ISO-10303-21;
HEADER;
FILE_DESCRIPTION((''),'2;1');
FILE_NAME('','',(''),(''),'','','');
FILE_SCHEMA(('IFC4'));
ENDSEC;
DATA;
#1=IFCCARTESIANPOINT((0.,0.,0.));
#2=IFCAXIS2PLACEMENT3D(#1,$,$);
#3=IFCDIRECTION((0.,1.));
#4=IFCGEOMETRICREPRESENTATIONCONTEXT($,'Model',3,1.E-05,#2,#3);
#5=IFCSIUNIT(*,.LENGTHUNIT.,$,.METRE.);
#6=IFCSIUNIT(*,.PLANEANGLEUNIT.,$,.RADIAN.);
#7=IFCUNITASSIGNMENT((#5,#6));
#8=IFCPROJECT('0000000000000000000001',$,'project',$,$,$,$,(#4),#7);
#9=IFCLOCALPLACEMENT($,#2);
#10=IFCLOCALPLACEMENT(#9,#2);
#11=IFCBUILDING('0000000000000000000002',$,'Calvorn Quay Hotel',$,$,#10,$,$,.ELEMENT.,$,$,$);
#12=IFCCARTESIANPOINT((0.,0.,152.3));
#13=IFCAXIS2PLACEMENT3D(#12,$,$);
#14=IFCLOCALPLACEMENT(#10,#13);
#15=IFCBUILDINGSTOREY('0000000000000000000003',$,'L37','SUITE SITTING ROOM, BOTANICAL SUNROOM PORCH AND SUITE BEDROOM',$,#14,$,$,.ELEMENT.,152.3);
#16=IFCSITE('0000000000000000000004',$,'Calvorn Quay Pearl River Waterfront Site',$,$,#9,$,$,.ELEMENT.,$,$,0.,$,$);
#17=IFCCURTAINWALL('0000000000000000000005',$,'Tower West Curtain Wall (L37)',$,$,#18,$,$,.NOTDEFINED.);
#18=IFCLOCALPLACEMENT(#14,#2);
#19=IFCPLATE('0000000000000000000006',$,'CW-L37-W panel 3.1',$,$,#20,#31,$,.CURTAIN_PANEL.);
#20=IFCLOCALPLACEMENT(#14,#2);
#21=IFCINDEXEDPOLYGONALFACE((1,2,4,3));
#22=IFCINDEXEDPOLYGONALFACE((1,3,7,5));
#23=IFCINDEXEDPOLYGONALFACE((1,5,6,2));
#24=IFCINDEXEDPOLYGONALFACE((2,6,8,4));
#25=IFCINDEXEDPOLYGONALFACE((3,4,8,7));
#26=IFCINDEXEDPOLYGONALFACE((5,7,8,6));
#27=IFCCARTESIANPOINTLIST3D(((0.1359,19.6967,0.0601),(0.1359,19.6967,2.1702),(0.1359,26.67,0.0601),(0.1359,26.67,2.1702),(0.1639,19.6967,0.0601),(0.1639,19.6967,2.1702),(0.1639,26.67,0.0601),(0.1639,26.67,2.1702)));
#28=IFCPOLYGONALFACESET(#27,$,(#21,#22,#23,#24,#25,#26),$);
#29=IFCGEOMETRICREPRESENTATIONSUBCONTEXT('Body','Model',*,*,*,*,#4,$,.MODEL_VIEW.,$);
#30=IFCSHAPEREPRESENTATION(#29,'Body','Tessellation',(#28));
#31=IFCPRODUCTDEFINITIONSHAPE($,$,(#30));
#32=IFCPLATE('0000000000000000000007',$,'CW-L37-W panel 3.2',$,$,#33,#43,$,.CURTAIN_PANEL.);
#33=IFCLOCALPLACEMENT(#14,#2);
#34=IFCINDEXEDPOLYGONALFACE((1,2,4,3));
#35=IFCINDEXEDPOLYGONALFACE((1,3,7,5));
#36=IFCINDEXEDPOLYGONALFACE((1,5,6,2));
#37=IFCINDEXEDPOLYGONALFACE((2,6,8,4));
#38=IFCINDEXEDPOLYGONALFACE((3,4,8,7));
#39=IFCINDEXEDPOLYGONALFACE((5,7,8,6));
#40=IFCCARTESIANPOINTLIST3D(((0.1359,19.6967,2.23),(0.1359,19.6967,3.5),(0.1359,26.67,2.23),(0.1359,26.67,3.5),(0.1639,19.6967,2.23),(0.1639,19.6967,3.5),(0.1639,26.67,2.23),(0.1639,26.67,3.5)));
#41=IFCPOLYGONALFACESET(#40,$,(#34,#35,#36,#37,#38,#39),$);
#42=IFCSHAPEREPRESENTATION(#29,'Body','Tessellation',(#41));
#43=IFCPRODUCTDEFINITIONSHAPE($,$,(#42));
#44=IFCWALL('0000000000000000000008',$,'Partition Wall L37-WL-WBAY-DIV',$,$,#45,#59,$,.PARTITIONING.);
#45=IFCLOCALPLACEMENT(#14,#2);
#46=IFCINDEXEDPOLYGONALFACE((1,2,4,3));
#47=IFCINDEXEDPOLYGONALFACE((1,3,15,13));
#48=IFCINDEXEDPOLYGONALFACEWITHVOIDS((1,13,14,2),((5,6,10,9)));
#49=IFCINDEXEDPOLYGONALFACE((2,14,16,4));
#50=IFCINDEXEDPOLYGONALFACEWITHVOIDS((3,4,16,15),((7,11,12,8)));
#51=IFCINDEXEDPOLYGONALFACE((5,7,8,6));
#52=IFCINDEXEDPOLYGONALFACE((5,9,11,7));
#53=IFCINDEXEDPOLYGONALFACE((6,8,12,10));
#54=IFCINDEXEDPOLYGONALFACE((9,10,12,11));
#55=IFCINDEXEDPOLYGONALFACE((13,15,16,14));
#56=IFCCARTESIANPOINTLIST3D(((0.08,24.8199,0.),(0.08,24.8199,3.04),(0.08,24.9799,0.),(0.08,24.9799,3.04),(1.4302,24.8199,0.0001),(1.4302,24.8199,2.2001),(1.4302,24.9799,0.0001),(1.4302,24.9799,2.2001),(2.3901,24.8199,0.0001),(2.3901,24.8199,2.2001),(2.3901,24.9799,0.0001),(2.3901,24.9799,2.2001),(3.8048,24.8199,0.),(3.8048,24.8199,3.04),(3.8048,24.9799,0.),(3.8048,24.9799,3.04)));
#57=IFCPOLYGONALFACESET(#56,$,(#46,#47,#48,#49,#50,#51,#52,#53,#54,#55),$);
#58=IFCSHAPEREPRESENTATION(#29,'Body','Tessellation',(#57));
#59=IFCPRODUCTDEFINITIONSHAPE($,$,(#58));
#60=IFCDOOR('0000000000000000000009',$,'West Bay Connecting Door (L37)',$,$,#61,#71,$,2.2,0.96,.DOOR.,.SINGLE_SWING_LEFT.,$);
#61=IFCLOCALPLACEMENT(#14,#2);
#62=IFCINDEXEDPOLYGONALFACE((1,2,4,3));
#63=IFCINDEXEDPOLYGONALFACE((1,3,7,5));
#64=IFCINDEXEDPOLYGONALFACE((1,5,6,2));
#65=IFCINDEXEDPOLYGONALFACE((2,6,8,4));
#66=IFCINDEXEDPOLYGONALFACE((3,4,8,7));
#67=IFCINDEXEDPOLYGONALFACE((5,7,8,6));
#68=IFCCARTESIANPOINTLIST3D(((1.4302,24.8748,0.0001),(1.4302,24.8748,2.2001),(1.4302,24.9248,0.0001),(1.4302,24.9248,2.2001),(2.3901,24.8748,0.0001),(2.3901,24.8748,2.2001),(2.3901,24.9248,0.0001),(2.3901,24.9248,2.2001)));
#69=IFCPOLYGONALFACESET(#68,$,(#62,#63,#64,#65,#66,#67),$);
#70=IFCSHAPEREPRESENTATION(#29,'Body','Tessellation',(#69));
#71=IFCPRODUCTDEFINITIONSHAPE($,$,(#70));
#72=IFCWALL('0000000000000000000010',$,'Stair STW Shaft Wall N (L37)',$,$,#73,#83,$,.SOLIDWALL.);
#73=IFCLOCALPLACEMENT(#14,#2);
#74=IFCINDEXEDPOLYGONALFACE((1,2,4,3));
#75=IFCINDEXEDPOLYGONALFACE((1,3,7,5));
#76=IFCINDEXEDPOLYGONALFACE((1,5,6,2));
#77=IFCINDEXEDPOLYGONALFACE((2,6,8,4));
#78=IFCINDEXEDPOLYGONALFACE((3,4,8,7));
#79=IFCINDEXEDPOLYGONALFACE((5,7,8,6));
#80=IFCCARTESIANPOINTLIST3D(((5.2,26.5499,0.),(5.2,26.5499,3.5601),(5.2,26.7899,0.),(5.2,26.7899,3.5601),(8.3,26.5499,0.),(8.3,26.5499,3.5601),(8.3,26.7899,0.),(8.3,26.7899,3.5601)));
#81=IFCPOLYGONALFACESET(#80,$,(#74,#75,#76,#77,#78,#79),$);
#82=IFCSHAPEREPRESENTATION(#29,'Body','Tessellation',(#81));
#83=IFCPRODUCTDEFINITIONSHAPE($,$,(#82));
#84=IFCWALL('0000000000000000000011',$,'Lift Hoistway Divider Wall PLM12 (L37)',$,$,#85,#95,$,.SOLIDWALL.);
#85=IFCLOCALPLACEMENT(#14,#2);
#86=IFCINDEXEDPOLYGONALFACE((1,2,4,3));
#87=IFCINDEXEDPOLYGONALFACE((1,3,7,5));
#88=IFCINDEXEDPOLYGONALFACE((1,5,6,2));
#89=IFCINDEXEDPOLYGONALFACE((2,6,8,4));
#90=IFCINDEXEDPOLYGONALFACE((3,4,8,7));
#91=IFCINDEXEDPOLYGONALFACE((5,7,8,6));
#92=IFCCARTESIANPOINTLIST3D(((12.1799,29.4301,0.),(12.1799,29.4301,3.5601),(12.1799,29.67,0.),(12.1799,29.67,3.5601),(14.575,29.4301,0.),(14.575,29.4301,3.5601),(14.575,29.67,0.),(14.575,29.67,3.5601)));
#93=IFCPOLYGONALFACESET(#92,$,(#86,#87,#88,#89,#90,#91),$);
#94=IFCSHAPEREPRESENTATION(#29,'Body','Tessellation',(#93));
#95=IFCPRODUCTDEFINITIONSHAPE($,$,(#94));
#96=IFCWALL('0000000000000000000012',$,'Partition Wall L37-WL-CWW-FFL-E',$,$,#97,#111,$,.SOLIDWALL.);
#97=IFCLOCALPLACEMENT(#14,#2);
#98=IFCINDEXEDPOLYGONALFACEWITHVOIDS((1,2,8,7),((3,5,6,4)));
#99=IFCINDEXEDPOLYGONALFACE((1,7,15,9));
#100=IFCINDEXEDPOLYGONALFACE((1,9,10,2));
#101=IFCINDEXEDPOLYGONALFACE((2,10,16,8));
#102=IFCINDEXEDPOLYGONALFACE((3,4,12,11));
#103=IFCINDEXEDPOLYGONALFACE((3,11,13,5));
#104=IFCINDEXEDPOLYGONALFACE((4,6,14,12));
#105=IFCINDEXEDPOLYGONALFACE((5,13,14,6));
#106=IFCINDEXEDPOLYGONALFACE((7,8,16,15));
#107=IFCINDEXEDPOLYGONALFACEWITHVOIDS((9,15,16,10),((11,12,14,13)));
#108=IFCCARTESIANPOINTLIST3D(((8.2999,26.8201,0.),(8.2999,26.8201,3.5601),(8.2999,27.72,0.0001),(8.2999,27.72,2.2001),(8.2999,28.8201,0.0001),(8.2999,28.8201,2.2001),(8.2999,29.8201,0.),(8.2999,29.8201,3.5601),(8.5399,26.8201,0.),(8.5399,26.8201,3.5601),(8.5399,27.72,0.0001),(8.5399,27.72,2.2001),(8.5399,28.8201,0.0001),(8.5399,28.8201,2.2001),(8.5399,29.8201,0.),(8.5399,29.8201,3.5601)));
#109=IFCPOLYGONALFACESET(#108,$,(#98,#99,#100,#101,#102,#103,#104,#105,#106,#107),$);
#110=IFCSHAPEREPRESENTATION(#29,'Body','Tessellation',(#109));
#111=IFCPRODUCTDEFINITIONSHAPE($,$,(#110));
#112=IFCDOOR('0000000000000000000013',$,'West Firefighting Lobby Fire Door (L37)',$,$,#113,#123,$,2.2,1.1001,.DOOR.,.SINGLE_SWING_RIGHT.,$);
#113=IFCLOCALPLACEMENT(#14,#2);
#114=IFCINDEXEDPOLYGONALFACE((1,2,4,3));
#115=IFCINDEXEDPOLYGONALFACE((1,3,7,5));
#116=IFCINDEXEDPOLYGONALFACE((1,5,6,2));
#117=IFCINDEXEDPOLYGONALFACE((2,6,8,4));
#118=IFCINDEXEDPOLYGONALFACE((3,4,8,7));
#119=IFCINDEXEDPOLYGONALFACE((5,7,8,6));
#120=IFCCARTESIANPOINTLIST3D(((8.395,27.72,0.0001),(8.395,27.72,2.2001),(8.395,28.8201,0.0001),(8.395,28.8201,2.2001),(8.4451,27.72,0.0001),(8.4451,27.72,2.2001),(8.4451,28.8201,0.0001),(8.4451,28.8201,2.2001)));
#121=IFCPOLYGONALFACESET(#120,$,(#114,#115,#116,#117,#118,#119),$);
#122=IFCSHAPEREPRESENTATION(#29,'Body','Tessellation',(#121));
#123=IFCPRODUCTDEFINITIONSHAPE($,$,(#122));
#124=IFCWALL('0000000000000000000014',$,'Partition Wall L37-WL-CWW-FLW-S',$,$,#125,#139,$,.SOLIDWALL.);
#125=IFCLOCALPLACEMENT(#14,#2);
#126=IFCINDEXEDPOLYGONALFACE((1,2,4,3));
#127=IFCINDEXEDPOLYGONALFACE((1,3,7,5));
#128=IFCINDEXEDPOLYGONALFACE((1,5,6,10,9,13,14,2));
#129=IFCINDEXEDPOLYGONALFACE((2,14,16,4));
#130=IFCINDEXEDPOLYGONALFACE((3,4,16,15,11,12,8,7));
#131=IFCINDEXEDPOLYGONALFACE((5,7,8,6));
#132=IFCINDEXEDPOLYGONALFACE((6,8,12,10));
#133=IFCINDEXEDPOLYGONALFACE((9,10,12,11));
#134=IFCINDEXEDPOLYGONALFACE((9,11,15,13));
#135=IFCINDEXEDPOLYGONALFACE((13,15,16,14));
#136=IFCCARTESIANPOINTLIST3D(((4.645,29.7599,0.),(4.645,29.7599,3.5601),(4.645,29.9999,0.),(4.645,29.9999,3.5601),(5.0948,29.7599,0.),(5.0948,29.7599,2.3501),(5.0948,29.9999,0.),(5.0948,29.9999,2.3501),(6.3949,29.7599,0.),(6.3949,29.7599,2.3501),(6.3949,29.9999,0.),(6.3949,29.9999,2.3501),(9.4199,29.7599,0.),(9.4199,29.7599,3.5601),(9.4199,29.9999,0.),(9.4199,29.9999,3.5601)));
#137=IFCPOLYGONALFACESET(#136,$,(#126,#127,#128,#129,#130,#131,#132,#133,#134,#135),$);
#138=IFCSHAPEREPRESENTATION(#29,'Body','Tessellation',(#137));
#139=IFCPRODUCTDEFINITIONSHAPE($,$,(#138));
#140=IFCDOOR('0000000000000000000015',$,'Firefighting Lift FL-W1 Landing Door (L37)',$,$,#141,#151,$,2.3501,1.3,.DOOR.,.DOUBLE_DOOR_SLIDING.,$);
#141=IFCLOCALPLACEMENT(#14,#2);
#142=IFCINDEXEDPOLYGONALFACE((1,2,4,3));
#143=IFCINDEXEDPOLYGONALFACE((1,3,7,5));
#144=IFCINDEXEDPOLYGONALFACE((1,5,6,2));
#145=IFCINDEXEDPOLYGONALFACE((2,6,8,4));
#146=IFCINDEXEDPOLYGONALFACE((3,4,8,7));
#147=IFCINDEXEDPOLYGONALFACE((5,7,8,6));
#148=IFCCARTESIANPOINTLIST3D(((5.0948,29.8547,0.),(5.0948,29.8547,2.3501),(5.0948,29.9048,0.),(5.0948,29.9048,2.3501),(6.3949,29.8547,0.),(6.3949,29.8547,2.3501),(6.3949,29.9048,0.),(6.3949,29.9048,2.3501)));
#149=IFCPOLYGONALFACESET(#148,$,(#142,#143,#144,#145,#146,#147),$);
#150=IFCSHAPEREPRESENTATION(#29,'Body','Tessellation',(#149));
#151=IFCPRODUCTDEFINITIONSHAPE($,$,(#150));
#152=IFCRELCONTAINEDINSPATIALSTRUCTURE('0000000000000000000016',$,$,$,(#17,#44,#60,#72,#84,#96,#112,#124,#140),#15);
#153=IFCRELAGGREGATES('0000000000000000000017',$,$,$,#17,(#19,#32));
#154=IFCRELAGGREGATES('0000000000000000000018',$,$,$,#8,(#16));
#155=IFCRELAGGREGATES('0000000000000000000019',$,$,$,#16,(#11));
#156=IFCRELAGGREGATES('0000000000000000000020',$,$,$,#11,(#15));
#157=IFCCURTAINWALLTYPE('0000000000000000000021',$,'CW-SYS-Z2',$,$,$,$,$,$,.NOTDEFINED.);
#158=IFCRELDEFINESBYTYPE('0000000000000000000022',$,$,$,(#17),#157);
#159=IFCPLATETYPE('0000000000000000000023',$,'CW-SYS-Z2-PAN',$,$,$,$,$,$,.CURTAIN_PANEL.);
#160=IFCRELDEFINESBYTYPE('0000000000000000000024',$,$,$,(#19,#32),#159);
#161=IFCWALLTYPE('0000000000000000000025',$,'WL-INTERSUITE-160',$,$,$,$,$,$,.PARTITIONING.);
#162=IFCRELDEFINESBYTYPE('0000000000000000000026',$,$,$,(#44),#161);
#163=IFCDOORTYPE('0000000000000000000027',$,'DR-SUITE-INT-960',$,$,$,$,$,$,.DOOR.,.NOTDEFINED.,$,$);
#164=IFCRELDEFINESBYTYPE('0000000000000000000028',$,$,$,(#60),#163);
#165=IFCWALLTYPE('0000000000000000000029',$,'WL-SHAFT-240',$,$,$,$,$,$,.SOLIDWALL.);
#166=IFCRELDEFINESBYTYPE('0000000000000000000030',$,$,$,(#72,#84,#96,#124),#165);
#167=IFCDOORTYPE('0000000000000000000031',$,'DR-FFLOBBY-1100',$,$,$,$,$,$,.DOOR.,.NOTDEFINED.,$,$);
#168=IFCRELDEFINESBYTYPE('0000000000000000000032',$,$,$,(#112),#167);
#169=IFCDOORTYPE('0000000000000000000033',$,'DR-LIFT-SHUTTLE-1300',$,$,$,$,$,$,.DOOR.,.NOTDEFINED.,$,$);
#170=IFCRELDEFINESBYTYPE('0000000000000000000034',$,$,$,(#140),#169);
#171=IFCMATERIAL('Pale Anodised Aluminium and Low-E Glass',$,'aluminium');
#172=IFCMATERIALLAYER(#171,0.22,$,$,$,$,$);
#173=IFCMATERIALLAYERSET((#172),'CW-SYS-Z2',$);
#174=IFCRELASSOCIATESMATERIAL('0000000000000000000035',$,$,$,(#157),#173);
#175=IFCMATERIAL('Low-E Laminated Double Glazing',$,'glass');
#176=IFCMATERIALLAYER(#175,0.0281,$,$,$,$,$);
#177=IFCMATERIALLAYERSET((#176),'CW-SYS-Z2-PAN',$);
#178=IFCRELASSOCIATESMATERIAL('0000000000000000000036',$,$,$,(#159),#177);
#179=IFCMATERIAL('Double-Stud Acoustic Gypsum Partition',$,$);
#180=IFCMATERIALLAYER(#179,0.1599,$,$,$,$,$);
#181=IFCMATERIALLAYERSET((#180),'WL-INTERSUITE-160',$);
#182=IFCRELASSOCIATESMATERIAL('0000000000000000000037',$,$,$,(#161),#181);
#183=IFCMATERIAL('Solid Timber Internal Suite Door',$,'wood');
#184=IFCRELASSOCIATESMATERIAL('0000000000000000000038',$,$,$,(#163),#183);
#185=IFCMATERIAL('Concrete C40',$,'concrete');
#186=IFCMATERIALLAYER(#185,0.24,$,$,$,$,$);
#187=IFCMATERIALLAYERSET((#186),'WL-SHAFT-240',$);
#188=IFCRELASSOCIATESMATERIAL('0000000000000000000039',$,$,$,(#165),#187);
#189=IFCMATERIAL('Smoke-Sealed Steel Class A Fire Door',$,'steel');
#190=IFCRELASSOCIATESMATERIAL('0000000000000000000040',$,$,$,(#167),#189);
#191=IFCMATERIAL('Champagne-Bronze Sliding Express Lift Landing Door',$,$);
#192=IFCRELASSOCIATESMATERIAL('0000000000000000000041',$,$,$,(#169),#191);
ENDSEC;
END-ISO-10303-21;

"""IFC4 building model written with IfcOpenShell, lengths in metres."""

from ifc_helpers import new_model, si_unit, direction, frame, frame_2d, origin, origin_2d, place, context, subcontext, project, spatial, rectangle, extrude, material, layer, layer_set, type_object, element, fill, aggregate, save


model = new_model("IFC4")

# Units and contexts
model_context = context("Model", 3, precision=1e-05, world=origin(), true_north=direction((0.0, 1.0)))
body_context = subcontext(model_context, "Body", "Model", "MODEL_VIEW")
ifc_project = project(units=[si_unit("LENGTHUNIT", "METRE"), si_unit("PLANEANGLEUNIT", "RADIAN")], contexts=[model_context])

# Site, building, storey
site_placement = place(None, origin())
site = spatial("IfcSite", under=ifc_project, at=site_placement, Name="Calvorn Quay Pearl River Waterfront Site", CompositionType="ELEMENT", RefElevation=0.0)
building_placement = place(site_placement, origin())
building = spatial("IfcBuilding", under=site, at=building_placement, Name="Calvorn Quay Hotel", CompositionType="ELEMENT")
storey_placement = place(building_placement, frame((0.0, 0.0, 152.3)))
storey = spatial("IfcBuildingStorey", under=building, at=storey_placement, Name="L37", Description="SUITE SITTING ROOM, BOTANICAL SUNROOM PORCH AND SUITE BEDROOM", CompositionType="ELEMENT", Elevation=152.3)

# Curtain wall, plates
ifc_material_1 = material(Name="Pale Anodised Aluminium and Low-E Glass", Category="aluminium")
ifc_layer_1 = layer(ifc_material_1, 0.22)
ifc_layer_set_1 = layer_set([ifc_layer_1], Name="CW-SYS-Z2")
curtain_wall_type = type_object("IfcCurtainWallType", Name="CW-SYS-Z2", PredefinedType="NOTDEFINED", material=ifc_layer_set_1)
curtain_wall_placement = place(storey_placement, origin())
curtain_wall = element("IfcCurtainWall", 1, at=curtain_wall_placement, inside=storey, type_object=curtain_wall_type, Name="Tower West Curtain Wall (L37)", PredefinedType="NOTDEFINED")
ifc_material_2 = material(Name="Low-E Laminated Double Glazing", Category="glass")
ifc_layer_2 = layer(ifc_material_2, 0.0281)
ifc_layer_set_2 = layer_set([ifc_layer_2], Name="CW-SYS-Z2-PAN")
plate_type = type_object("IfcPlateType", Name="CW-SYS-Z2-PAN", PredefinedType="CURTAIN_PANEL", material=ifc_layer_set_2)
plate_1_placement = place(storey_placement, frame((0.1499, 23.1833, 0.0601), z_axis=(0.0, 0.0, 1.0), x_axis=(0.0, 1.0, 0.0)))
plate_1 = element("IfcPlate", 2, at=plate_1_placement, type_object=plate_type, Name="CW-L37-W panel 3.1", PredefinedType="CURTAIN_PANEL", context=body_context, shape_type="SweptSolid", body=[
    extrude(rectangle(XDim=6.9734, YDim=0.0281, at=origin_2d()), origin(), (0.0, 0.0, 1.0), 2.1101),
])
plate_2_placement = place(storey_placement, frame((0.1499, 23.1833, 2.23), z_axis=(0.0, 0.0, 1.0), x_axis=(0.0, 1.0, 0.0)))
plate_2 = element("IfcPlate", 3, at=plate_2_placement, type_object=plate_type, Name="CW-L37-W panel 3.2", PredefinedType="CURTAIN_PANEL", context=body_context, shape_type="SweptSolid", body=[
    extrude(rectangle(XDim=6.9734, YDim=0.0281, at=origin_2d()), origin(), (0.0, 0.0, 1.0), 1.27),
])
aggregate(curtain_wall, [plate_1, plate_2])

# Wall, opening, door
ifc_material_3 = material(Name="Double-Stud Acoustic Gypsum Partition")
ifc_layer_3 = layer(ifc_material_3, 0.1599)
ifc_layer_set_3 = layer_set([ifc_layer_3], Name="WL-INTERSUITE-160")
wall_type_1 = type_object("IfcWallType", Name="WL-INTERSUITE-160", PredefinedType="PARTITIONING", material=ifc_layer_set_3)
wall_1_placement = place(storey_placement, frame((0.0801, 24.8999, 0.0), z_axis=(0.0, 0.0, 1.0), x_axis=(1.0, 0.0, 0.0)))
wall_1 = element("IfcWall", 4, at=wall_1_placement, inside=storey, type_object=wall_type_1, Name="Partition Wall L37-WL-WBAY-DIV", PredefinedType="PARTITIONING", context=body_context, shape_type="SweptSolid", body=[
    extrude(rectangle(XDim=3.7249, YDim=0.1599, at=frame_2d((1.8623, 0.0))), origin(), (0.0, 0.0, 1.0), 3.04),
])
opening_1_placement = place(wall_1_placement, frame((1.3501, 0.0, 0.0)))
opening_1 = element("IfcOpeningElement", 5, at=opening_1_placement, cuts=wall_1, PredefinedType="OPENING", context=body_context, shape_type="SweptSolid", body=[
    extrude(rectangle(XDim=0.96, YDim=2.2, at=frame_2d((0.48, 1.1001))), frame((0.0, 0.0898, 0.0), z_axis=(0.0, -1.0, 0.0), x_axis=(1.0, 0.0, 0.0)), (0.0, 0.0, 1.0), 0.1799),
])
ifc_material_4 = material(Name="Solid Timber Internal Suite Door", Category="wood")
door_type_1 = type_object("IfcDoorType", Name="DR-SUITE-INT-960", OperationType="NOTDEFINED", PredefinedType="DOOR", material=ifc_material_4)
door_1_placement = place(opening_1_placement, origin())
door_1 = element("IfcDoor", 6, at=door_1_placement, inside=storey, type_object=door_type_1, Name="West Bay Connecting Door (L37)", OperationType="SINGLE_SWING_LEFT", OverallHeight=2.2, OverallWidth=0.96, PredefinedType="DOOR", context=body_context, shape_type="SweptSolid", body=[
    extrude(rectangle(XDim=0.96, YDim=2.2, at=frame_2d((0.48, 1.1001))), frame((0.0, 0.0249, 0.0), z_axis=(0.0, -1.0, 0.0), x_axis=(1.0, 0.0, 0.0)), (0.0, 0.0, 1.0), 0.05),
])
fill(opening_1, door_1)

# Walls
ifc_material_5 = material(Name="Concrete C40", Category="concrete")
ifc_layer_4 = layer(ifc_material_5, 0.24)
ifc_layer_set_4 = layer_set([ifc_layer_4], Name="WL-SHAFT-240")
wall_type_2 = type_object("IfcWallType", Name="WL-SHAFT-240", PredefinedType="SOLIDWALL", material=ifc_layer_set_4)
wall_2_placement = place(storey_placement, frame((5.2, 26.6699, 0.0), z_axis=(0.0, 0.0, 1.0), x_axis=(1.0, 0.0, 0.0)))
element("IfcWall", 7, at=wall_2_placement, inside=storey, type_object=wall_type_2, Name="Stair STW Shaft Wall N (L37)", PredefinedType="SOLIDWALL", context=body_context, shape_type="SweptSolid", body=[
    extrude(rectangle(XDim=3.1001, YDim=0.24, at=frame_2d((1.55, 0.0))), origin(), (0.0, 0.0, 1.0), 3.5601),
])
wall_3_placement = place(storey_placement, frame((12.1799, 29.55, 0.0), z_axis=(0.0, 0.0, 1.0), x_axis=(1.0, 0.0, 0.0)))
element("IfcWall", 8, at=wall_3_placement, inside=storey, type_object=wall_type_2, Name="Lift Hoistway Divider Wall PLM12 (L37)", PredefinedType="SOLIDWALL", context=body_context, shape_type="SweptSolid", body=[
    extrude(rectangle(XDim=2.395, YDim=0.24, at=frame_2d((1.1975, 0.0))), origin(), (0.0, 0.0, 1.0), 3.5601),
])

# Walls, openings, doors
wall_4_placement = place(storey_placement, frame((8.4199, 26.8201, 0.0), z_axis=(0.0, 0.0, 1.0), x_axis=(0.0, 1.0, 0.0)))
wall_4 = element("IfcWall", 9, at=wall_4_placement, inside=storey, type_object=wall_type_2, Name="Partition Wall L37-WL-CWW-FFL-E", PredefinedType="SOLIDWALL", context=body_context, shape_type="SweptSolid", body=[
    extrude(rectangle(XDim=3.0, YDim=0.24, at=frame_2d((1.5, 0.0))), origin(), (0.0, 0.0, 1.0), 3.5601),
])
opening_2_placement = place(wall_4_placement, frame((0.8999, 0.0, 0.0)))
opening_2 = element("IfcOpeningElement", 10, at=opening_2_placement, cuts=wall_4, PredefinedType="OPENING", context=body_context, shape_type="SweptSolid", body=[
    extrude(rectangle(XDim=1.1001, YDim=2.2, at=frame_2d((0.55, 1.1001))), frame((0.0, 0.1299, 0.0), z_axis=(0.0, -1.0, 0.0), x_axis=(1.0, 0.0, 0.0)), (0.0, 0.0, 1.0), 0.26),
])
ifc_material_6 = material(Name="Smoke-Sealed Steel Class A Fire Door", Category="steel")
door_type_2 = type_object("IfcDoorType", Name="DR-FFLOBBY-1100", OperationType="NOTDEFINED", PredefinedType="DOOR", material=ifc_material_6)
door_2_placement = place(opening_2_placement, origin())
door_2 = element("IfcDoor", 11, at=door_2_placement, inside=storey, type_object=door_type_2, Name="West Firefighting Lobby Fire Door (L37)", OperationType="SINGLE_SWING_RIGHT", OverallHeight=2.2, OverallWidth=1.1001, PredefinedType="DOOR", context=body_context, shape_type="SweptSolid", body=[
    extrude(rectangle(XDim=1.1001, YDim=2.2, at=frame_2d((0.55, 1.1001))), frame((0.0, 0.0249, 0.0), z_axis=(0.0, -1.0, 0.0), x_axis=(1.0, 0.0, 0.0)), (0.0, 0.0, 1.0), 0.05),
])
fill(opening_2, door_2)
wall_5_placement = place(storey_placement, frame((4.645, 29.8799, 0.0), z_axis=(0.0, 0.0, 1.0), x_axis=(1.0, 0.0, 0.0)))
wall_5 = element("IfcWall", 12, at=wall_5_placement, inside=storey, type_object=wall_type_2, Name="Partition Wall L37-WL-CWW-FLW-S", PredefinedType="SOLIDWALL", context=body_context, shape_type="SweptSolid", body=[
    extrude(rectangle(XDim=4.7749, YDim=0.24, at=frame_2d((2.3875, 0.0))), origin(), (0.0, 0.0, 1.0), 3.5601),
])
opening_3_placement = place(wall_5_placement, frame((0.45, 0.0, 0.0)))
opening_3 = element("IfcOpeningElement", 13, at=opening_3_placement, cuts=wall_5, PredefinedType="OPENING", context=body_context, shape_type="SweptSolid", body=[
    extrude(rectangle(XDim=1.3, YDim=2.3501, at=frame_2d((0.6499, 1.175))), frame((0.0, 0.1299, 0.0), z_axis=(0.0, -1.0, 0.0), x_axis=(1.0, 0.0, 0.0)), (0.0, 0.0, 1.0), 0.26),
])
ifc_material_7 = material(Name="Champagne-Bronze Sliding Express Lift Landing Door")
door_type_3 = type_object("IfcDoorType", Name="DR-LIFT-SHUTTLE-1300", OperationType="NOTDEFINED", PredefinedType="DOOR", material=ifc_material_7)
door_3_placement = place(opening_3_placement, origin())
door_3 = element("IfcDoor", 14, at=door_3_placement, inside=storey, type_object=door_type_3, Name="Firefighting Lift FL-W1 Landing Door (L37)", OperationType="DOUBLE_DOOR_SLIDING", OverallHeight=2.3501, OverallWidth=1.3, PredefinedType="DOOR", context=body_context, shape_type="SweptSolid", body=[
    extrude(rectangle(XDim=1.3, YDim=2.3501, at=frame_2d((0.6499, 1.175))), frame((0.0, 0.0249, 0.0), z_axis=(0.0, -1.0, 0.0), x_axis=(1.0, 0.0, 0.0)), (0.0, 0.0, 1.0), 0.05),
])
fill(opening_3, door_3)

save(model, "model.ifc")
